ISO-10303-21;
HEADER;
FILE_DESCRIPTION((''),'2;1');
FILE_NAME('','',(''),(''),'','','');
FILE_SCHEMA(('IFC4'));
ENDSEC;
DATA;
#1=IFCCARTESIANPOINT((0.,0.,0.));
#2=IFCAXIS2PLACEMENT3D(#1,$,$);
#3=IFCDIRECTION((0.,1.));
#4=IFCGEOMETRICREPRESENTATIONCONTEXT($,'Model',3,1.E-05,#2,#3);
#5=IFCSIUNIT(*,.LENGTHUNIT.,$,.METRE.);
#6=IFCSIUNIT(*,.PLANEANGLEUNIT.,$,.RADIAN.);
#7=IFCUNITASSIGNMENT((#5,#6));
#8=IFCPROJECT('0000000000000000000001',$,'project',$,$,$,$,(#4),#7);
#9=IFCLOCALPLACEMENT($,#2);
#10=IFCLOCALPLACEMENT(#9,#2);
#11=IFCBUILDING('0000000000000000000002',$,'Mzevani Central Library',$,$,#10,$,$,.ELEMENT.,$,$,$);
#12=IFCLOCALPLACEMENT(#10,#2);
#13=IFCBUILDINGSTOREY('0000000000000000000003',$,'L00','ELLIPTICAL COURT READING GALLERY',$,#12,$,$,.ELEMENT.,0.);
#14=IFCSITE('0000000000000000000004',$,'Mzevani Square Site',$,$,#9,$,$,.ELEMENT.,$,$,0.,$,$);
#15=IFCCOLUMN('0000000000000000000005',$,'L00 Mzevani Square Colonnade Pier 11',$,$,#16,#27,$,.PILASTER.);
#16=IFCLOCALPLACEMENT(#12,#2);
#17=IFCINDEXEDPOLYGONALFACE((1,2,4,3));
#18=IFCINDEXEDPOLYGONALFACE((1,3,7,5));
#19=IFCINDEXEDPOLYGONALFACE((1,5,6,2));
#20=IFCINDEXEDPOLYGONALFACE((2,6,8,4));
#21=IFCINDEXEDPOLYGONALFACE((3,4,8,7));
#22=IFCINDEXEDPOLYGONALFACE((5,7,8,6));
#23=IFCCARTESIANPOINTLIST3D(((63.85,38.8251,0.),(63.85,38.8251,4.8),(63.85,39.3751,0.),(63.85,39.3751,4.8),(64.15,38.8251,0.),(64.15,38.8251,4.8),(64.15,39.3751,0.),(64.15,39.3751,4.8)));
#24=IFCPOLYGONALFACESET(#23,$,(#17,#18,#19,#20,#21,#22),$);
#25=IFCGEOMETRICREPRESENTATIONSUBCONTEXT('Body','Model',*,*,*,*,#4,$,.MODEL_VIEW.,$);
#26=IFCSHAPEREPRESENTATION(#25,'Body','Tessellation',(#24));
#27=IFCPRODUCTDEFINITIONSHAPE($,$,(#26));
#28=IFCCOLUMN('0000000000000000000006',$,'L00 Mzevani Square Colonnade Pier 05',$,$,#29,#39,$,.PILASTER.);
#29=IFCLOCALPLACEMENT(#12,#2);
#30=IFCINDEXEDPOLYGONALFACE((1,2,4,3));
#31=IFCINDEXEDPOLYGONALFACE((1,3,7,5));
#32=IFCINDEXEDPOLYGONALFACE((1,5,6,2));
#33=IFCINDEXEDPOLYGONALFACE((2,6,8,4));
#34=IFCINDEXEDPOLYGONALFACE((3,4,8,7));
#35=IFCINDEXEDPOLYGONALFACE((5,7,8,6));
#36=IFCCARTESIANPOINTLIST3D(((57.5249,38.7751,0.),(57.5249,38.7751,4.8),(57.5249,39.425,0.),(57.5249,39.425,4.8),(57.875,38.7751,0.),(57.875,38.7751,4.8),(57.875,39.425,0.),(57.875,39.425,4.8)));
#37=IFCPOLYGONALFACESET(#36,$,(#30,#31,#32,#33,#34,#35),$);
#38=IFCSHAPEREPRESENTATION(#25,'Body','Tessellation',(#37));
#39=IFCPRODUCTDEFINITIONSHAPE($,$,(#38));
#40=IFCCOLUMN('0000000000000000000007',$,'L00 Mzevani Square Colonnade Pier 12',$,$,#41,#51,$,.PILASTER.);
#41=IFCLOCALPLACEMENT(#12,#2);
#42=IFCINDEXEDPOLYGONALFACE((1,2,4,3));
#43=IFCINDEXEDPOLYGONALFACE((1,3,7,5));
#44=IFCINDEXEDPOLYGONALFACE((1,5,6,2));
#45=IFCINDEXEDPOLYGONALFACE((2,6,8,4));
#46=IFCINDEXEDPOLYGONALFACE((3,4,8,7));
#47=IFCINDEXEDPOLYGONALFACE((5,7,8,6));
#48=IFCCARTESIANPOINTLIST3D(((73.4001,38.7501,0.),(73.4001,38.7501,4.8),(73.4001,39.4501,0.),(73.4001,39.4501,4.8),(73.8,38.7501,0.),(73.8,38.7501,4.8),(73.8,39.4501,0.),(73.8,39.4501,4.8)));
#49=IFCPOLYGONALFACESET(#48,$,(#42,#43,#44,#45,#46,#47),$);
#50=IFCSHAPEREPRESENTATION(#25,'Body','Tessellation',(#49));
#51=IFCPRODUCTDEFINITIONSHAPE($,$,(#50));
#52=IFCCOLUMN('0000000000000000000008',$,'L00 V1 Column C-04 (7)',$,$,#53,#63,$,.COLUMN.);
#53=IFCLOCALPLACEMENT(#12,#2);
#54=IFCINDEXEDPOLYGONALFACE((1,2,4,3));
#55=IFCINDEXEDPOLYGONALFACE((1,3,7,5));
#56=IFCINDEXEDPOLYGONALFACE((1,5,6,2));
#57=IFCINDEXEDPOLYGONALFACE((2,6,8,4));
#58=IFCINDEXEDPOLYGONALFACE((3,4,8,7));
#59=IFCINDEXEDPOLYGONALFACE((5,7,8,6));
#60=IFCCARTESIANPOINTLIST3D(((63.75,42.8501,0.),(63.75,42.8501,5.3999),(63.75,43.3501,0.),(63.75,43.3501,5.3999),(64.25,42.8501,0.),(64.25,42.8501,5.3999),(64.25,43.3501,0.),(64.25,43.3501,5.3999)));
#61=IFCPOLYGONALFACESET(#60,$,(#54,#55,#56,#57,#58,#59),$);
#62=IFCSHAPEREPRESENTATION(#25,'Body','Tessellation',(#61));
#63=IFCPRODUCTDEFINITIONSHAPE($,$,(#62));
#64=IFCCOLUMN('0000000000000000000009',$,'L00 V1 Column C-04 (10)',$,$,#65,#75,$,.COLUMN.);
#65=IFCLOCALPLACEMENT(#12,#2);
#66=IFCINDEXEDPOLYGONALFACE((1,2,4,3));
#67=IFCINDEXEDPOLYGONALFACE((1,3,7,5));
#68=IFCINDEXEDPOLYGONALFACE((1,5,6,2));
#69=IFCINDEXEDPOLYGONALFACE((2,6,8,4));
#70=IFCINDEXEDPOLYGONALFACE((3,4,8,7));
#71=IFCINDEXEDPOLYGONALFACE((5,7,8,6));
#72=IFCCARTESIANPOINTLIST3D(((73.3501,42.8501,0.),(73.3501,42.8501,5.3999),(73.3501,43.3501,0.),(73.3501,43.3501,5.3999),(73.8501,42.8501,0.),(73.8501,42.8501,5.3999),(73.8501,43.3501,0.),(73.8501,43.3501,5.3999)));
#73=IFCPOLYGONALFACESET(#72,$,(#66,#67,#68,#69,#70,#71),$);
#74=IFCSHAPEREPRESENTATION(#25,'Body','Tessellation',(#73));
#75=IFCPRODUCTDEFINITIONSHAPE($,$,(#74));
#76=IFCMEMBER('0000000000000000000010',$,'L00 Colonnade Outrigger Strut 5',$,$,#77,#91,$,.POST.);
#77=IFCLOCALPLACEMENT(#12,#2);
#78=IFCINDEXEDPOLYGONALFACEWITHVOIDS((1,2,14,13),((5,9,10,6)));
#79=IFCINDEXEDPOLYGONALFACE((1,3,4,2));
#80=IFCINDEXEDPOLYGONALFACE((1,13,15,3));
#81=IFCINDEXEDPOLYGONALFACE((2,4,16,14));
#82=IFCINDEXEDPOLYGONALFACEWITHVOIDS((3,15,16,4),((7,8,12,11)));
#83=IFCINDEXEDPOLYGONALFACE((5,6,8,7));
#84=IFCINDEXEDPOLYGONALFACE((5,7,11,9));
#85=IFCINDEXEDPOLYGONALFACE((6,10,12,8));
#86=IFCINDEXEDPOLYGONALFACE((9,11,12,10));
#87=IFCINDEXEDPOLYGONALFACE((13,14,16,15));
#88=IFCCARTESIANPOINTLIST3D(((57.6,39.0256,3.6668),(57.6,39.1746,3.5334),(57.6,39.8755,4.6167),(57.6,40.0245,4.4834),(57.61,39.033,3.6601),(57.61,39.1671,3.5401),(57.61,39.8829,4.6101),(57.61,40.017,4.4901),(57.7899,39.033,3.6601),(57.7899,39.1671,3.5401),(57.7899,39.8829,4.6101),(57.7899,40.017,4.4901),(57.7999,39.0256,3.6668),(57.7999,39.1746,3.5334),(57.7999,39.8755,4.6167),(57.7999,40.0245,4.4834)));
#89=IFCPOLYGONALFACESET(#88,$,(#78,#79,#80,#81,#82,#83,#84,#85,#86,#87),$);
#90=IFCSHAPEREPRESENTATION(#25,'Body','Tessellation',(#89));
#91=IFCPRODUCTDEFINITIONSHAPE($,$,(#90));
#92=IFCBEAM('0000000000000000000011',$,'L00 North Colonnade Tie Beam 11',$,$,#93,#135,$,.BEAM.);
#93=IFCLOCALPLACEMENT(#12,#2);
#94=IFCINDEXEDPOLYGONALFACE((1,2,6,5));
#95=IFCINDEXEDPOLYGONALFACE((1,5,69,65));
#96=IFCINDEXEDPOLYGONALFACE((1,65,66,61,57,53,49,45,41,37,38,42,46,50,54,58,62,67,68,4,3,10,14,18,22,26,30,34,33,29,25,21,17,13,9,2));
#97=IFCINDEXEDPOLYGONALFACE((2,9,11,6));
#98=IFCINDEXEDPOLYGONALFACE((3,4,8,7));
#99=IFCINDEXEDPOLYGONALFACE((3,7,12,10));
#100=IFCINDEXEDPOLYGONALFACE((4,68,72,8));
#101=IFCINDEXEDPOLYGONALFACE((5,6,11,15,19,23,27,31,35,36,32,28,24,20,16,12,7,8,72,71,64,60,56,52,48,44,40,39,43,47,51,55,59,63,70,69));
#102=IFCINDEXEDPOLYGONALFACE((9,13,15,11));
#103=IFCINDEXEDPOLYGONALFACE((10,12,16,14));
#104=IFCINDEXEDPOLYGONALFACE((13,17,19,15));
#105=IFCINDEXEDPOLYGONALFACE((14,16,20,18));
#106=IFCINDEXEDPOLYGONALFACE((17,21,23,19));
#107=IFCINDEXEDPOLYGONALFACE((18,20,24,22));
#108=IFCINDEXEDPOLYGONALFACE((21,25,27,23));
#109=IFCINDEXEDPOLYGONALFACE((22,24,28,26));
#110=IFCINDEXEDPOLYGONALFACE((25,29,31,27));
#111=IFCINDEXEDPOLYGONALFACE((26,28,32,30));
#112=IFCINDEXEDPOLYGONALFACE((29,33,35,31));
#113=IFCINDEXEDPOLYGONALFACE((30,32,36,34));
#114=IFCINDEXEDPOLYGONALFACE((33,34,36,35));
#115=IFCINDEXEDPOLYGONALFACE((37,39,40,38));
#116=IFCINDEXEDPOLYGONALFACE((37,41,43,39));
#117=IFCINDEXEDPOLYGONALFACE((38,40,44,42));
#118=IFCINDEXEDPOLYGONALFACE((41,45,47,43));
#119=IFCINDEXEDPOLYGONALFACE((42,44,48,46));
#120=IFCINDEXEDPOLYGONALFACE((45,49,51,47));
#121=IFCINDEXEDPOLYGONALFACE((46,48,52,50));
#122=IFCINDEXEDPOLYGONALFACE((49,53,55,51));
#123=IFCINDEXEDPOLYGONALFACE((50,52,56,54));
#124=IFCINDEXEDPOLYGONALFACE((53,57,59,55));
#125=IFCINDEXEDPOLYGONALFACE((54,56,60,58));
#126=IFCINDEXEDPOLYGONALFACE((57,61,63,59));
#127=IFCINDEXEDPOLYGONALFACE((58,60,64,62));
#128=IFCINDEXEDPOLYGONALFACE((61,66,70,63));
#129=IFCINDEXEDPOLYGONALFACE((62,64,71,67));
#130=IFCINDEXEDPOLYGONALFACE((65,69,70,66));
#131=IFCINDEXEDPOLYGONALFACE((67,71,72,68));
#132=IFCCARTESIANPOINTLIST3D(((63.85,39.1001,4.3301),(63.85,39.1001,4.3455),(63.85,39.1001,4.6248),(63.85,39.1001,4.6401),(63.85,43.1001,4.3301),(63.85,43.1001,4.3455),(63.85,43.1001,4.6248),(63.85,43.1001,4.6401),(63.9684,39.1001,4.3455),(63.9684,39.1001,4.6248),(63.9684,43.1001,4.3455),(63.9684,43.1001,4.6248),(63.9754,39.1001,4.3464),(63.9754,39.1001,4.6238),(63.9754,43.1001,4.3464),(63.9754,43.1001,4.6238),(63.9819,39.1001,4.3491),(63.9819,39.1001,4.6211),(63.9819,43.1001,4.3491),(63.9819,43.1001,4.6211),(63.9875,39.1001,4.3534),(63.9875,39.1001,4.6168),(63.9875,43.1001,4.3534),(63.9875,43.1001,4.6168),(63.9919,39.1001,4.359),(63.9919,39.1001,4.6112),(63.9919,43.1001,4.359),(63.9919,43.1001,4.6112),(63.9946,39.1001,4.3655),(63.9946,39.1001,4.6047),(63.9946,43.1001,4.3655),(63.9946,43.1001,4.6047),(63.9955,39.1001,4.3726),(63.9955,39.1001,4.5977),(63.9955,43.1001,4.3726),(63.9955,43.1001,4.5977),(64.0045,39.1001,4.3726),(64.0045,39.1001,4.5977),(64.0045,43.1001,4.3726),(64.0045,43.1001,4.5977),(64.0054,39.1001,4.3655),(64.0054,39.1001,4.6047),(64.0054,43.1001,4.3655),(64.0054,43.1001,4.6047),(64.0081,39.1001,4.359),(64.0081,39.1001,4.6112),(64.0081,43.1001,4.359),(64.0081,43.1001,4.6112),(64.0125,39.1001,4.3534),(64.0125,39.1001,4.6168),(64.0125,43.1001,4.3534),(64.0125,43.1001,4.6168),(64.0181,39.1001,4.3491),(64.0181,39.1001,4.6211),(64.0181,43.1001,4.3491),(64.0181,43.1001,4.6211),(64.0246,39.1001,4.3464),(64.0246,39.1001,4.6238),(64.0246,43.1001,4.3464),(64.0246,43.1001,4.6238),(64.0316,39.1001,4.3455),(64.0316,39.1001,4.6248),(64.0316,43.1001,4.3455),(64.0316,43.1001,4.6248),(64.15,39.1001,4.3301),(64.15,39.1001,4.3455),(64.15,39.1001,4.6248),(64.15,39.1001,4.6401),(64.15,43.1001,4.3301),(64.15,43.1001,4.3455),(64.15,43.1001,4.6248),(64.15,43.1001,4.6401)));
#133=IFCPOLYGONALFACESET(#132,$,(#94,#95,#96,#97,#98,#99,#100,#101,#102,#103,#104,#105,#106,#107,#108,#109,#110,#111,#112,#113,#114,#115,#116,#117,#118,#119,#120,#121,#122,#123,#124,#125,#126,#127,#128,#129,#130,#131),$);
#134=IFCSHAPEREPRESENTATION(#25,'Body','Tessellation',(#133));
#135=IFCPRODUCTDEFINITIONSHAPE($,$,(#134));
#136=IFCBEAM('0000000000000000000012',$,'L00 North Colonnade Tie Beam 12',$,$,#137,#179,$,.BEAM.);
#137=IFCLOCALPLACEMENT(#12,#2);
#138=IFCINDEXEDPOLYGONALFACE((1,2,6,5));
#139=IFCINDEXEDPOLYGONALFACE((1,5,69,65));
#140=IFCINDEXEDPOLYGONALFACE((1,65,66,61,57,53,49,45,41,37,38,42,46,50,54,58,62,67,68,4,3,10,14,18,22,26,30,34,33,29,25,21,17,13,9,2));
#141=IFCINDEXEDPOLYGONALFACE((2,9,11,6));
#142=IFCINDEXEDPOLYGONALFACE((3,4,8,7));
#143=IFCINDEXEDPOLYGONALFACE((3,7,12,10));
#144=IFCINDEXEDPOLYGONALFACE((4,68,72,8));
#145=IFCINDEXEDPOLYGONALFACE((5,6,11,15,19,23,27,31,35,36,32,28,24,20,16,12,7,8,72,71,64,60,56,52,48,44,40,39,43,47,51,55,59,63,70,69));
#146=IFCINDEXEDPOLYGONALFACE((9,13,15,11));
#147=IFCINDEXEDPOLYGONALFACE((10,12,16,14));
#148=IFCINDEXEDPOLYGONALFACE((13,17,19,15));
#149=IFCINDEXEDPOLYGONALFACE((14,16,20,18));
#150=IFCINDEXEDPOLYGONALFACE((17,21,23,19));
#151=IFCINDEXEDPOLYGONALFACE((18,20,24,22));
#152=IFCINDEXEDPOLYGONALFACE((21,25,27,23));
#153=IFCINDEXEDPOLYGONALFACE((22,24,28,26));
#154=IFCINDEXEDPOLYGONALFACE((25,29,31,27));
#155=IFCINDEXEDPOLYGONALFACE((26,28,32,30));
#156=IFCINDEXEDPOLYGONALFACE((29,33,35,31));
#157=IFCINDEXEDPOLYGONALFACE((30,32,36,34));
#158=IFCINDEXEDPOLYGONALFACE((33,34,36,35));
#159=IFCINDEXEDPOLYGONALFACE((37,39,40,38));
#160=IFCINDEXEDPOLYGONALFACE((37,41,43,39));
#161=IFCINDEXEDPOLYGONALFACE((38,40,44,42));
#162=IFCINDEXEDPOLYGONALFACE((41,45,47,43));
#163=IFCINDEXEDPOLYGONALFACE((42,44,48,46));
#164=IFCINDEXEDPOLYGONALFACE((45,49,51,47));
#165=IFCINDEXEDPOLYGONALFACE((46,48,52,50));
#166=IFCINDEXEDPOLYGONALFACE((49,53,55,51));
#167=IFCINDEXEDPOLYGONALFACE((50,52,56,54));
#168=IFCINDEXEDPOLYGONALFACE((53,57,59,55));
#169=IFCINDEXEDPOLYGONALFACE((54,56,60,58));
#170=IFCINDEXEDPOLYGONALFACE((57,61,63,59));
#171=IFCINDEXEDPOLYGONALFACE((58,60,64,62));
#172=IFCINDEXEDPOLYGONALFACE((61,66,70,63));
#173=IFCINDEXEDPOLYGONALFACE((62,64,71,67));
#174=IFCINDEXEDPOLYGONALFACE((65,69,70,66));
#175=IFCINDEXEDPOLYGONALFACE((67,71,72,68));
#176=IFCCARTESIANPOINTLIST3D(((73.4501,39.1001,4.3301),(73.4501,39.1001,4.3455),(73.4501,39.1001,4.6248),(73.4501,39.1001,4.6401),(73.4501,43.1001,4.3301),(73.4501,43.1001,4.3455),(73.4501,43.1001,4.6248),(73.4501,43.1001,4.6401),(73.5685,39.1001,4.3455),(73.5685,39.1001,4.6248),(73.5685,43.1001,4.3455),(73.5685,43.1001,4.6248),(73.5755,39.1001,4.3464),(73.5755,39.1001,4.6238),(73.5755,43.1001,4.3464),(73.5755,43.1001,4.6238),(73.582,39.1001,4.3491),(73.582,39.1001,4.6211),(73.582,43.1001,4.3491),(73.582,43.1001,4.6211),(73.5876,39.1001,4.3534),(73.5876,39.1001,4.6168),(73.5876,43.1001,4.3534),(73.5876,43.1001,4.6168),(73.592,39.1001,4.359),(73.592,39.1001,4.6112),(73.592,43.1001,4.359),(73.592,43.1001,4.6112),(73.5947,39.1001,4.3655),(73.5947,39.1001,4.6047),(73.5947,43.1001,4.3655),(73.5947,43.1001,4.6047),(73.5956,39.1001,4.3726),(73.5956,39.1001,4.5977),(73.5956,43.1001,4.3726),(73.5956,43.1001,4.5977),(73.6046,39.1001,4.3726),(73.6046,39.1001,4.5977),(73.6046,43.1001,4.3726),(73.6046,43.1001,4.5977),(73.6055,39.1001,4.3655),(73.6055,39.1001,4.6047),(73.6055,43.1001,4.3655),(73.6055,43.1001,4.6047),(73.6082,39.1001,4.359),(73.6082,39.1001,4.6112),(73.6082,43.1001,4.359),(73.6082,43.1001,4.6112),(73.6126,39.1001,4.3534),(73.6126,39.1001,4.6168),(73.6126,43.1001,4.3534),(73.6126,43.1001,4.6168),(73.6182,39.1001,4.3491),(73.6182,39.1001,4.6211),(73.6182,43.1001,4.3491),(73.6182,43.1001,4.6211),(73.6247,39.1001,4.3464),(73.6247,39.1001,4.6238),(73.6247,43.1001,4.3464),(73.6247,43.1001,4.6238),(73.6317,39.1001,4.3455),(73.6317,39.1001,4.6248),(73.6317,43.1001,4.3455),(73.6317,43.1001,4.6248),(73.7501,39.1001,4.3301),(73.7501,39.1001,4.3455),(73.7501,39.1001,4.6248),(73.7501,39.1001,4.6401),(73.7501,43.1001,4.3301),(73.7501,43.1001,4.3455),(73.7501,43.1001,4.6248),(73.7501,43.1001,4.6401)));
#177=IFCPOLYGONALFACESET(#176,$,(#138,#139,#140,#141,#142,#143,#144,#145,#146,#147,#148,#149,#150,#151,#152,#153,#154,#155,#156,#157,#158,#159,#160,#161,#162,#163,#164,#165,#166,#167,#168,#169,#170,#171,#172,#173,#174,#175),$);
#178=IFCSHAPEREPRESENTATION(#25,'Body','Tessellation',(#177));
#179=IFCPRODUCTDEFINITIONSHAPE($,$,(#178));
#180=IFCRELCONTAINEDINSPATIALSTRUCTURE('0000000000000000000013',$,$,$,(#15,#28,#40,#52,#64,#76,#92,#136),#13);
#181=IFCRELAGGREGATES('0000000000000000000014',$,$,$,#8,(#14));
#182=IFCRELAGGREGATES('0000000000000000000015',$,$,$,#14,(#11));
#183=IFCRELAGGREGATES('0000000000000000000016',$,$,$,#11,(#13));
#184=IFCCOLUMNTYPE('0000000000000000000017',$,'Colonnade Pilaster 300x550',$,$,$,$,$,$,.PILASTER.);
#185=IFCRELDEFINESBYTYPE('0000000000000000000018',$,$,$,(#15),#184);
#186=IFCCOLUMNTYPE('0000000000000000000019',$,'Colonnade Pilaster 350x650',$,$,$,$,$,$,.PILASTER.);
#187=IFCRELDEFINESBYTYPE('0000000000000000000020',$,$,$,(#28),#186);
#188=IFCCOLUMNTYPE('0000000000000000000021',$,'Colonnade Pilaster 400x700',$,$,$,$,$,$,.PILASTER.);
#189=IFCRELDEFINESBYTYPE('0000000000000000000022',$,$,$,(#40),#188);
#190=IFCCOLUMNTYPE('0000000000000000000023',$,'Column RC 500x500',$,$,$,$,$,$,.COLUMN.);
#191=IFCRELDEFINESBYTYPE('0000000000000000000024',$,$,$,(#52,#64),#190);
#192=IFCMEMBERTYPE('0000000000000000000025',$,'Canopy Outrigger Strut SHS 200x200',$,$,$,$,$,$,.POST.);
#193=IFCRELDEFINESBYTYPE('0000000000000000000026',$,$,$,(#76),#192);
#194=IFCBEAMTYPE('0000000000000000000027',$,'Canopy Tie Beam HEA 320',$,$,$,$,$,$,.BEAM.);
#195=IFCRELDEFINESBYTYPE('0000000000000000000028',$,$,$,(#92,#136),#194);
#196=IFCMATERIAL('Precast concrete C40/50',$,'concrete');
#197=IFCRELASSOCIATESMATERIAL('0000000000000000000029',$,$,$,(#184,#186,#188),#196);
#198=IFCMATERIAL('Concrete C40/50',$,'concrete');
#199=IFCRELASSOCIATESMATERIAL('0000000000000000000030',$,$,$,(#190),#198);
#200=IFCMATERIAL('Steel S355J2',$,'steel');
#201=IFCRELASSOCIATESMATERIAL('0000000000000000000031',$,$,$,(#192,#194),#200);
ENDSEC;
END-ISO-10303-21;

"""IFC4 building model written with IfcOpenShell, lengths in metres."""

from ifc_helpers import new_model, si_unit, direction, frame, origin, origin_2d, place, context, subcontext, project, spatial, rectangle, hollow_rectangle, i_section, extrude, material, material_profile, profile_set, type_object, element, save


model = new_model("IFC4")

# Units and contexts
model_context = context("Model", 3, precision=1e-05, world=origin(), true_north=direction((0.0, 1.0)))
body_context = subcontext(model_context, "Body", "Model", "MODEL_VIEW")
ifc_project = project(units=[si_unit("LENGTHUNIT", "METRE"), si_unit("PLANEANGLEUNIT", "RADIAN")], contexts=[model_context])

# Site, building, storey
site_placement = place(None, origin())
site = spatial("IfcSite", under=ifc_project, at=site_placement, Name="Mzevani Square Site", CompositionType="ELEMENT", RefElevation=0.0)
building_placement = place(site_placement, origin())
building = spatial("IfcBuilding", under=site, at=building_placement, Name="Mzevani Central Library", CompositionType="ELEMENT")
storey_placement = place(building_placement, origin())
storey = spatial("IfcBuildingStorey", under=building, at=storey_placement, Name="L00", Description="ELLIPTICAL COURT READING GALLERY", CompositionType="ELEMENT", Elevation=0.0)

# Columns
ifc_material_1 = material(Name="Precast concrete C40/50", Category="concrete")
ifc_material_profile_1 = material_profile(ifc_material_1, rectangle(XDim=0.3, YDim=0.55, at=origin_2d()), Name="PC PIL 300x550")
ifc_profile_set_1 = profile_set([ifc_material_profile_1], Name="Precast concrete C40/50")
column_type_1 = type_object("IfcColumnType", Name="Colonnade Pilaster 300x550", PredefinedType="PILASTER", material=ifc_profile_set_1)
column_1_placement = place(storey_placement, frame((64.0, 39.1001, 0.0), z_axis=(0.0, 0.0, 1.0), x_axis=(1.0, 0.0, 0.0)))
element("IfcColumn", 1, at=column_1_placement, inside=storey, type_object=column_type_1, Name="L00 Mzevani Square Colonnade Pier 11", PredefinedType="PILASTER", context=body_context, shape_type="SweptSolid", body=[
    extrude(rectangle(XDim=0.3, YDim=0.55, at=origin_2d()), origin(), (0.0, 0.0, 1.0), 4.8),
])
ifc_material_profile_2 = material_profile(ifc_material_1, rectangle(XDim=0.3501, YDim=0.6499, at=origin_2d()), Name="PC PIL 350x650")
ifc_profile_set_2 = profile_set([ifc_material_profile_2], Name="Precast concrete C40/50")
column_type_2 = type_object("IfcColumnType", Name="Colonnade Pilaster 350x650", PredefinedType="PILASTER", material=ifc_profile_set_2)
column_2_placement = place(storey_placement, frame((57.7, 39.1001, 0.0), z_axis=(0.0, 0.0, 1.0), x_axis=(1.0, 0.0, 0.0)))
element("IfcColumn", 2, at=column_2_placement, inside=storey, type_object=column_type_2, Name="L00 Mzevani Square Colonnade Pier 05", PredefinedType="PILASTER", context=body_context, shape_type="SweptSolid", body=[
    extrude(rectangle(XDim=0.3501, YDim=0.6499, at=origin_2d()), origin(), (0.0, 0.0, 1.0), 4.8),
])
ifc_material_profile_3 = material_profile(ifc_material_1, rectangle(XDim=0.3999, YDim=0.7, at=origin_2d()), Name="PC PIL 400x700")
ifc_profile_set_3 = profile_set([ifc_material_profile_3], Name="Precast concrete C40/50")
column_type_3 = type_object("IfcColumnType", Name="Colonnade Pilaster 400x700", PredefinedType="PILASTER", material=ifc_profile_set_3)
column_3_placement = place(storey_placement, frame((73.6001, 39.1001, 0.0), z_axis=(0.0, 0.0, 1.0), x_axis=(1.0, 0.0, 0.0)))
element("IfcColumn", 3, at=column_3_placement, inside=storey, type_object=column_type_3, Name="L00 Mzevani Square Colonnade Pier 12", PredefinedType="PILASTER", context=body_context, shape_type="SweptSolid", body=[
    extrude(rectangle(XDim=0.3999, YDim=0.7, at=origin_2d()), origin(), (0.0, 0.0, 1.0), 4.8),
])
ifc_material_2 = material(Name="Concrete C40/50", Category="concrete")
ifc_material_profile_4 = material_profile(ifc_material_2, rectangle(XDim=0.5, YDim=0.5, at=origin_2d()), Name="RC 500x500")
ifc_profile_set_4 = profile_set([ifc_material_profile_4], Name="Concrete C40/50")
column_type_4 = type_object("IfcColumnType", Name="Column RC 500x500", PredefinedType="COLUMN", material=ifc_profile_set_4)
for number, where, z_axis, x_axis, name in (
    (4, (64.0, 43.1001, 0.0), (0.0, 0.0, 1.0), (1.0, 0.0, 0.0), "L00 V1 Column C-04 (7)"),
    (5, (73.6001, 43.1001, 0.0), (0.0, 0.0, 1.0), (1.0, 0.0, 0.0), "L00 V1 Column C-04 (10)"),
):
    element("IfcColumn", number, at=place(storey_placement, frame(where, z_axis=z_axis, x_axis=x_axis)), inside=storey, type_object=column_type_4, Name=name, PredefinedType="COLUMN", context=body_context, shape_type="SweptSolid", body=[
        extrude(rectangle(XDim=0.5, YDim=0.5, at=origin_2d()), origin(), (0.0, 0.0, 1.0), 5.3999),
    ])

# Member
ifc_material_3 = material(Name="Steel S355J2", Category="steel")
ifc_material_profile_5 = material_profile(ifc_material_3, hollow_rectangle(XDim=0.2, YDim=0.2, WallThickness=0.01, at=origin_2d()), Name="SHS 200x200x10.0")
ifc_profile_set_5 = profile_set([ifc_material_profile_5], Name="Steel S355J2")
member_type = type_object("IfcMemberType", Name="Canopy Outrigger Strut SHS 200x200", PredefinedType="POST", material=ifc_profile_set_5)
member_placement = place(storey_placement, frame((57.7, 39.1001, 3.6001), z_axis=(0.0, 0.66675, 0.745281), x_axis=(-1.0, 0.0, 0.0)))
element("IfcMember", 6, at=member_placement, inside=storey, type_object=member_type, Name="L00 Colonnade Outrigger Strut 5", PredefinedType="POST", context=body_context, shape_type="SweptSolid", body=[
    extrude(hollow_rectangle(XDim=0.2, YDim=0.2, WallThickness=0.01, at=origin_2d()), origin(), (0.0, 0.0, 1.0), 1.2747),
])

# Beams
ifc_material_profile_6 = material_profile(ifc_material_3, i_section(OverallWidth=0.3, OverallDepth=0.3101, WebThickness=0.009, FlangeThickness=0.0154, FilletRadius=0.0271, at=origin_2d()), Name="HEA 320")
ifc_profile_set_6 = profile_set([ifc_material_profile_6], Name="Steel S355J2")
beam_type_1 = type_object("IfcBeamType", Name="Canopy Tie Beam HEA 320", PredefinedType="BEAM", material=ifc_profile_set_6)
for number, where, z_axis, x_axis, name in (
    (7, (64.0, 39.1001, 4.4851), (0.0, 1.0, 0.0), (-1.0, 0.0, 0.0), "L00 North Colonnade Tie Beam 11"),
    (8, (73.6001, 39.1001, 4.4851), (0.0, 1.0, 0.0), (-1.0, 0.0, 0.0), "L00 North Colonnade Tie Beam 12"),
):
    element("IfcBeam", number, at=place(storey_placement, frame(where, z_axis=z_axis, x_axis=x_axis)), inside=storey, type_object=beam_type_1, Name=name, PredefinedType="BEAM", context=body_context, shape_type="SweptSolid", body=[
        extrude(i_section(OverallWidth=0.3, OverallDepth=0.3101, WebThickness=0.009, FlangeThickness=0.0154, FilletRadius=0.0271, at=origin_2d()), origin(), (0.0, 0.0, 1.0), 4.0),
    ])

save(model, "model.ifc")
